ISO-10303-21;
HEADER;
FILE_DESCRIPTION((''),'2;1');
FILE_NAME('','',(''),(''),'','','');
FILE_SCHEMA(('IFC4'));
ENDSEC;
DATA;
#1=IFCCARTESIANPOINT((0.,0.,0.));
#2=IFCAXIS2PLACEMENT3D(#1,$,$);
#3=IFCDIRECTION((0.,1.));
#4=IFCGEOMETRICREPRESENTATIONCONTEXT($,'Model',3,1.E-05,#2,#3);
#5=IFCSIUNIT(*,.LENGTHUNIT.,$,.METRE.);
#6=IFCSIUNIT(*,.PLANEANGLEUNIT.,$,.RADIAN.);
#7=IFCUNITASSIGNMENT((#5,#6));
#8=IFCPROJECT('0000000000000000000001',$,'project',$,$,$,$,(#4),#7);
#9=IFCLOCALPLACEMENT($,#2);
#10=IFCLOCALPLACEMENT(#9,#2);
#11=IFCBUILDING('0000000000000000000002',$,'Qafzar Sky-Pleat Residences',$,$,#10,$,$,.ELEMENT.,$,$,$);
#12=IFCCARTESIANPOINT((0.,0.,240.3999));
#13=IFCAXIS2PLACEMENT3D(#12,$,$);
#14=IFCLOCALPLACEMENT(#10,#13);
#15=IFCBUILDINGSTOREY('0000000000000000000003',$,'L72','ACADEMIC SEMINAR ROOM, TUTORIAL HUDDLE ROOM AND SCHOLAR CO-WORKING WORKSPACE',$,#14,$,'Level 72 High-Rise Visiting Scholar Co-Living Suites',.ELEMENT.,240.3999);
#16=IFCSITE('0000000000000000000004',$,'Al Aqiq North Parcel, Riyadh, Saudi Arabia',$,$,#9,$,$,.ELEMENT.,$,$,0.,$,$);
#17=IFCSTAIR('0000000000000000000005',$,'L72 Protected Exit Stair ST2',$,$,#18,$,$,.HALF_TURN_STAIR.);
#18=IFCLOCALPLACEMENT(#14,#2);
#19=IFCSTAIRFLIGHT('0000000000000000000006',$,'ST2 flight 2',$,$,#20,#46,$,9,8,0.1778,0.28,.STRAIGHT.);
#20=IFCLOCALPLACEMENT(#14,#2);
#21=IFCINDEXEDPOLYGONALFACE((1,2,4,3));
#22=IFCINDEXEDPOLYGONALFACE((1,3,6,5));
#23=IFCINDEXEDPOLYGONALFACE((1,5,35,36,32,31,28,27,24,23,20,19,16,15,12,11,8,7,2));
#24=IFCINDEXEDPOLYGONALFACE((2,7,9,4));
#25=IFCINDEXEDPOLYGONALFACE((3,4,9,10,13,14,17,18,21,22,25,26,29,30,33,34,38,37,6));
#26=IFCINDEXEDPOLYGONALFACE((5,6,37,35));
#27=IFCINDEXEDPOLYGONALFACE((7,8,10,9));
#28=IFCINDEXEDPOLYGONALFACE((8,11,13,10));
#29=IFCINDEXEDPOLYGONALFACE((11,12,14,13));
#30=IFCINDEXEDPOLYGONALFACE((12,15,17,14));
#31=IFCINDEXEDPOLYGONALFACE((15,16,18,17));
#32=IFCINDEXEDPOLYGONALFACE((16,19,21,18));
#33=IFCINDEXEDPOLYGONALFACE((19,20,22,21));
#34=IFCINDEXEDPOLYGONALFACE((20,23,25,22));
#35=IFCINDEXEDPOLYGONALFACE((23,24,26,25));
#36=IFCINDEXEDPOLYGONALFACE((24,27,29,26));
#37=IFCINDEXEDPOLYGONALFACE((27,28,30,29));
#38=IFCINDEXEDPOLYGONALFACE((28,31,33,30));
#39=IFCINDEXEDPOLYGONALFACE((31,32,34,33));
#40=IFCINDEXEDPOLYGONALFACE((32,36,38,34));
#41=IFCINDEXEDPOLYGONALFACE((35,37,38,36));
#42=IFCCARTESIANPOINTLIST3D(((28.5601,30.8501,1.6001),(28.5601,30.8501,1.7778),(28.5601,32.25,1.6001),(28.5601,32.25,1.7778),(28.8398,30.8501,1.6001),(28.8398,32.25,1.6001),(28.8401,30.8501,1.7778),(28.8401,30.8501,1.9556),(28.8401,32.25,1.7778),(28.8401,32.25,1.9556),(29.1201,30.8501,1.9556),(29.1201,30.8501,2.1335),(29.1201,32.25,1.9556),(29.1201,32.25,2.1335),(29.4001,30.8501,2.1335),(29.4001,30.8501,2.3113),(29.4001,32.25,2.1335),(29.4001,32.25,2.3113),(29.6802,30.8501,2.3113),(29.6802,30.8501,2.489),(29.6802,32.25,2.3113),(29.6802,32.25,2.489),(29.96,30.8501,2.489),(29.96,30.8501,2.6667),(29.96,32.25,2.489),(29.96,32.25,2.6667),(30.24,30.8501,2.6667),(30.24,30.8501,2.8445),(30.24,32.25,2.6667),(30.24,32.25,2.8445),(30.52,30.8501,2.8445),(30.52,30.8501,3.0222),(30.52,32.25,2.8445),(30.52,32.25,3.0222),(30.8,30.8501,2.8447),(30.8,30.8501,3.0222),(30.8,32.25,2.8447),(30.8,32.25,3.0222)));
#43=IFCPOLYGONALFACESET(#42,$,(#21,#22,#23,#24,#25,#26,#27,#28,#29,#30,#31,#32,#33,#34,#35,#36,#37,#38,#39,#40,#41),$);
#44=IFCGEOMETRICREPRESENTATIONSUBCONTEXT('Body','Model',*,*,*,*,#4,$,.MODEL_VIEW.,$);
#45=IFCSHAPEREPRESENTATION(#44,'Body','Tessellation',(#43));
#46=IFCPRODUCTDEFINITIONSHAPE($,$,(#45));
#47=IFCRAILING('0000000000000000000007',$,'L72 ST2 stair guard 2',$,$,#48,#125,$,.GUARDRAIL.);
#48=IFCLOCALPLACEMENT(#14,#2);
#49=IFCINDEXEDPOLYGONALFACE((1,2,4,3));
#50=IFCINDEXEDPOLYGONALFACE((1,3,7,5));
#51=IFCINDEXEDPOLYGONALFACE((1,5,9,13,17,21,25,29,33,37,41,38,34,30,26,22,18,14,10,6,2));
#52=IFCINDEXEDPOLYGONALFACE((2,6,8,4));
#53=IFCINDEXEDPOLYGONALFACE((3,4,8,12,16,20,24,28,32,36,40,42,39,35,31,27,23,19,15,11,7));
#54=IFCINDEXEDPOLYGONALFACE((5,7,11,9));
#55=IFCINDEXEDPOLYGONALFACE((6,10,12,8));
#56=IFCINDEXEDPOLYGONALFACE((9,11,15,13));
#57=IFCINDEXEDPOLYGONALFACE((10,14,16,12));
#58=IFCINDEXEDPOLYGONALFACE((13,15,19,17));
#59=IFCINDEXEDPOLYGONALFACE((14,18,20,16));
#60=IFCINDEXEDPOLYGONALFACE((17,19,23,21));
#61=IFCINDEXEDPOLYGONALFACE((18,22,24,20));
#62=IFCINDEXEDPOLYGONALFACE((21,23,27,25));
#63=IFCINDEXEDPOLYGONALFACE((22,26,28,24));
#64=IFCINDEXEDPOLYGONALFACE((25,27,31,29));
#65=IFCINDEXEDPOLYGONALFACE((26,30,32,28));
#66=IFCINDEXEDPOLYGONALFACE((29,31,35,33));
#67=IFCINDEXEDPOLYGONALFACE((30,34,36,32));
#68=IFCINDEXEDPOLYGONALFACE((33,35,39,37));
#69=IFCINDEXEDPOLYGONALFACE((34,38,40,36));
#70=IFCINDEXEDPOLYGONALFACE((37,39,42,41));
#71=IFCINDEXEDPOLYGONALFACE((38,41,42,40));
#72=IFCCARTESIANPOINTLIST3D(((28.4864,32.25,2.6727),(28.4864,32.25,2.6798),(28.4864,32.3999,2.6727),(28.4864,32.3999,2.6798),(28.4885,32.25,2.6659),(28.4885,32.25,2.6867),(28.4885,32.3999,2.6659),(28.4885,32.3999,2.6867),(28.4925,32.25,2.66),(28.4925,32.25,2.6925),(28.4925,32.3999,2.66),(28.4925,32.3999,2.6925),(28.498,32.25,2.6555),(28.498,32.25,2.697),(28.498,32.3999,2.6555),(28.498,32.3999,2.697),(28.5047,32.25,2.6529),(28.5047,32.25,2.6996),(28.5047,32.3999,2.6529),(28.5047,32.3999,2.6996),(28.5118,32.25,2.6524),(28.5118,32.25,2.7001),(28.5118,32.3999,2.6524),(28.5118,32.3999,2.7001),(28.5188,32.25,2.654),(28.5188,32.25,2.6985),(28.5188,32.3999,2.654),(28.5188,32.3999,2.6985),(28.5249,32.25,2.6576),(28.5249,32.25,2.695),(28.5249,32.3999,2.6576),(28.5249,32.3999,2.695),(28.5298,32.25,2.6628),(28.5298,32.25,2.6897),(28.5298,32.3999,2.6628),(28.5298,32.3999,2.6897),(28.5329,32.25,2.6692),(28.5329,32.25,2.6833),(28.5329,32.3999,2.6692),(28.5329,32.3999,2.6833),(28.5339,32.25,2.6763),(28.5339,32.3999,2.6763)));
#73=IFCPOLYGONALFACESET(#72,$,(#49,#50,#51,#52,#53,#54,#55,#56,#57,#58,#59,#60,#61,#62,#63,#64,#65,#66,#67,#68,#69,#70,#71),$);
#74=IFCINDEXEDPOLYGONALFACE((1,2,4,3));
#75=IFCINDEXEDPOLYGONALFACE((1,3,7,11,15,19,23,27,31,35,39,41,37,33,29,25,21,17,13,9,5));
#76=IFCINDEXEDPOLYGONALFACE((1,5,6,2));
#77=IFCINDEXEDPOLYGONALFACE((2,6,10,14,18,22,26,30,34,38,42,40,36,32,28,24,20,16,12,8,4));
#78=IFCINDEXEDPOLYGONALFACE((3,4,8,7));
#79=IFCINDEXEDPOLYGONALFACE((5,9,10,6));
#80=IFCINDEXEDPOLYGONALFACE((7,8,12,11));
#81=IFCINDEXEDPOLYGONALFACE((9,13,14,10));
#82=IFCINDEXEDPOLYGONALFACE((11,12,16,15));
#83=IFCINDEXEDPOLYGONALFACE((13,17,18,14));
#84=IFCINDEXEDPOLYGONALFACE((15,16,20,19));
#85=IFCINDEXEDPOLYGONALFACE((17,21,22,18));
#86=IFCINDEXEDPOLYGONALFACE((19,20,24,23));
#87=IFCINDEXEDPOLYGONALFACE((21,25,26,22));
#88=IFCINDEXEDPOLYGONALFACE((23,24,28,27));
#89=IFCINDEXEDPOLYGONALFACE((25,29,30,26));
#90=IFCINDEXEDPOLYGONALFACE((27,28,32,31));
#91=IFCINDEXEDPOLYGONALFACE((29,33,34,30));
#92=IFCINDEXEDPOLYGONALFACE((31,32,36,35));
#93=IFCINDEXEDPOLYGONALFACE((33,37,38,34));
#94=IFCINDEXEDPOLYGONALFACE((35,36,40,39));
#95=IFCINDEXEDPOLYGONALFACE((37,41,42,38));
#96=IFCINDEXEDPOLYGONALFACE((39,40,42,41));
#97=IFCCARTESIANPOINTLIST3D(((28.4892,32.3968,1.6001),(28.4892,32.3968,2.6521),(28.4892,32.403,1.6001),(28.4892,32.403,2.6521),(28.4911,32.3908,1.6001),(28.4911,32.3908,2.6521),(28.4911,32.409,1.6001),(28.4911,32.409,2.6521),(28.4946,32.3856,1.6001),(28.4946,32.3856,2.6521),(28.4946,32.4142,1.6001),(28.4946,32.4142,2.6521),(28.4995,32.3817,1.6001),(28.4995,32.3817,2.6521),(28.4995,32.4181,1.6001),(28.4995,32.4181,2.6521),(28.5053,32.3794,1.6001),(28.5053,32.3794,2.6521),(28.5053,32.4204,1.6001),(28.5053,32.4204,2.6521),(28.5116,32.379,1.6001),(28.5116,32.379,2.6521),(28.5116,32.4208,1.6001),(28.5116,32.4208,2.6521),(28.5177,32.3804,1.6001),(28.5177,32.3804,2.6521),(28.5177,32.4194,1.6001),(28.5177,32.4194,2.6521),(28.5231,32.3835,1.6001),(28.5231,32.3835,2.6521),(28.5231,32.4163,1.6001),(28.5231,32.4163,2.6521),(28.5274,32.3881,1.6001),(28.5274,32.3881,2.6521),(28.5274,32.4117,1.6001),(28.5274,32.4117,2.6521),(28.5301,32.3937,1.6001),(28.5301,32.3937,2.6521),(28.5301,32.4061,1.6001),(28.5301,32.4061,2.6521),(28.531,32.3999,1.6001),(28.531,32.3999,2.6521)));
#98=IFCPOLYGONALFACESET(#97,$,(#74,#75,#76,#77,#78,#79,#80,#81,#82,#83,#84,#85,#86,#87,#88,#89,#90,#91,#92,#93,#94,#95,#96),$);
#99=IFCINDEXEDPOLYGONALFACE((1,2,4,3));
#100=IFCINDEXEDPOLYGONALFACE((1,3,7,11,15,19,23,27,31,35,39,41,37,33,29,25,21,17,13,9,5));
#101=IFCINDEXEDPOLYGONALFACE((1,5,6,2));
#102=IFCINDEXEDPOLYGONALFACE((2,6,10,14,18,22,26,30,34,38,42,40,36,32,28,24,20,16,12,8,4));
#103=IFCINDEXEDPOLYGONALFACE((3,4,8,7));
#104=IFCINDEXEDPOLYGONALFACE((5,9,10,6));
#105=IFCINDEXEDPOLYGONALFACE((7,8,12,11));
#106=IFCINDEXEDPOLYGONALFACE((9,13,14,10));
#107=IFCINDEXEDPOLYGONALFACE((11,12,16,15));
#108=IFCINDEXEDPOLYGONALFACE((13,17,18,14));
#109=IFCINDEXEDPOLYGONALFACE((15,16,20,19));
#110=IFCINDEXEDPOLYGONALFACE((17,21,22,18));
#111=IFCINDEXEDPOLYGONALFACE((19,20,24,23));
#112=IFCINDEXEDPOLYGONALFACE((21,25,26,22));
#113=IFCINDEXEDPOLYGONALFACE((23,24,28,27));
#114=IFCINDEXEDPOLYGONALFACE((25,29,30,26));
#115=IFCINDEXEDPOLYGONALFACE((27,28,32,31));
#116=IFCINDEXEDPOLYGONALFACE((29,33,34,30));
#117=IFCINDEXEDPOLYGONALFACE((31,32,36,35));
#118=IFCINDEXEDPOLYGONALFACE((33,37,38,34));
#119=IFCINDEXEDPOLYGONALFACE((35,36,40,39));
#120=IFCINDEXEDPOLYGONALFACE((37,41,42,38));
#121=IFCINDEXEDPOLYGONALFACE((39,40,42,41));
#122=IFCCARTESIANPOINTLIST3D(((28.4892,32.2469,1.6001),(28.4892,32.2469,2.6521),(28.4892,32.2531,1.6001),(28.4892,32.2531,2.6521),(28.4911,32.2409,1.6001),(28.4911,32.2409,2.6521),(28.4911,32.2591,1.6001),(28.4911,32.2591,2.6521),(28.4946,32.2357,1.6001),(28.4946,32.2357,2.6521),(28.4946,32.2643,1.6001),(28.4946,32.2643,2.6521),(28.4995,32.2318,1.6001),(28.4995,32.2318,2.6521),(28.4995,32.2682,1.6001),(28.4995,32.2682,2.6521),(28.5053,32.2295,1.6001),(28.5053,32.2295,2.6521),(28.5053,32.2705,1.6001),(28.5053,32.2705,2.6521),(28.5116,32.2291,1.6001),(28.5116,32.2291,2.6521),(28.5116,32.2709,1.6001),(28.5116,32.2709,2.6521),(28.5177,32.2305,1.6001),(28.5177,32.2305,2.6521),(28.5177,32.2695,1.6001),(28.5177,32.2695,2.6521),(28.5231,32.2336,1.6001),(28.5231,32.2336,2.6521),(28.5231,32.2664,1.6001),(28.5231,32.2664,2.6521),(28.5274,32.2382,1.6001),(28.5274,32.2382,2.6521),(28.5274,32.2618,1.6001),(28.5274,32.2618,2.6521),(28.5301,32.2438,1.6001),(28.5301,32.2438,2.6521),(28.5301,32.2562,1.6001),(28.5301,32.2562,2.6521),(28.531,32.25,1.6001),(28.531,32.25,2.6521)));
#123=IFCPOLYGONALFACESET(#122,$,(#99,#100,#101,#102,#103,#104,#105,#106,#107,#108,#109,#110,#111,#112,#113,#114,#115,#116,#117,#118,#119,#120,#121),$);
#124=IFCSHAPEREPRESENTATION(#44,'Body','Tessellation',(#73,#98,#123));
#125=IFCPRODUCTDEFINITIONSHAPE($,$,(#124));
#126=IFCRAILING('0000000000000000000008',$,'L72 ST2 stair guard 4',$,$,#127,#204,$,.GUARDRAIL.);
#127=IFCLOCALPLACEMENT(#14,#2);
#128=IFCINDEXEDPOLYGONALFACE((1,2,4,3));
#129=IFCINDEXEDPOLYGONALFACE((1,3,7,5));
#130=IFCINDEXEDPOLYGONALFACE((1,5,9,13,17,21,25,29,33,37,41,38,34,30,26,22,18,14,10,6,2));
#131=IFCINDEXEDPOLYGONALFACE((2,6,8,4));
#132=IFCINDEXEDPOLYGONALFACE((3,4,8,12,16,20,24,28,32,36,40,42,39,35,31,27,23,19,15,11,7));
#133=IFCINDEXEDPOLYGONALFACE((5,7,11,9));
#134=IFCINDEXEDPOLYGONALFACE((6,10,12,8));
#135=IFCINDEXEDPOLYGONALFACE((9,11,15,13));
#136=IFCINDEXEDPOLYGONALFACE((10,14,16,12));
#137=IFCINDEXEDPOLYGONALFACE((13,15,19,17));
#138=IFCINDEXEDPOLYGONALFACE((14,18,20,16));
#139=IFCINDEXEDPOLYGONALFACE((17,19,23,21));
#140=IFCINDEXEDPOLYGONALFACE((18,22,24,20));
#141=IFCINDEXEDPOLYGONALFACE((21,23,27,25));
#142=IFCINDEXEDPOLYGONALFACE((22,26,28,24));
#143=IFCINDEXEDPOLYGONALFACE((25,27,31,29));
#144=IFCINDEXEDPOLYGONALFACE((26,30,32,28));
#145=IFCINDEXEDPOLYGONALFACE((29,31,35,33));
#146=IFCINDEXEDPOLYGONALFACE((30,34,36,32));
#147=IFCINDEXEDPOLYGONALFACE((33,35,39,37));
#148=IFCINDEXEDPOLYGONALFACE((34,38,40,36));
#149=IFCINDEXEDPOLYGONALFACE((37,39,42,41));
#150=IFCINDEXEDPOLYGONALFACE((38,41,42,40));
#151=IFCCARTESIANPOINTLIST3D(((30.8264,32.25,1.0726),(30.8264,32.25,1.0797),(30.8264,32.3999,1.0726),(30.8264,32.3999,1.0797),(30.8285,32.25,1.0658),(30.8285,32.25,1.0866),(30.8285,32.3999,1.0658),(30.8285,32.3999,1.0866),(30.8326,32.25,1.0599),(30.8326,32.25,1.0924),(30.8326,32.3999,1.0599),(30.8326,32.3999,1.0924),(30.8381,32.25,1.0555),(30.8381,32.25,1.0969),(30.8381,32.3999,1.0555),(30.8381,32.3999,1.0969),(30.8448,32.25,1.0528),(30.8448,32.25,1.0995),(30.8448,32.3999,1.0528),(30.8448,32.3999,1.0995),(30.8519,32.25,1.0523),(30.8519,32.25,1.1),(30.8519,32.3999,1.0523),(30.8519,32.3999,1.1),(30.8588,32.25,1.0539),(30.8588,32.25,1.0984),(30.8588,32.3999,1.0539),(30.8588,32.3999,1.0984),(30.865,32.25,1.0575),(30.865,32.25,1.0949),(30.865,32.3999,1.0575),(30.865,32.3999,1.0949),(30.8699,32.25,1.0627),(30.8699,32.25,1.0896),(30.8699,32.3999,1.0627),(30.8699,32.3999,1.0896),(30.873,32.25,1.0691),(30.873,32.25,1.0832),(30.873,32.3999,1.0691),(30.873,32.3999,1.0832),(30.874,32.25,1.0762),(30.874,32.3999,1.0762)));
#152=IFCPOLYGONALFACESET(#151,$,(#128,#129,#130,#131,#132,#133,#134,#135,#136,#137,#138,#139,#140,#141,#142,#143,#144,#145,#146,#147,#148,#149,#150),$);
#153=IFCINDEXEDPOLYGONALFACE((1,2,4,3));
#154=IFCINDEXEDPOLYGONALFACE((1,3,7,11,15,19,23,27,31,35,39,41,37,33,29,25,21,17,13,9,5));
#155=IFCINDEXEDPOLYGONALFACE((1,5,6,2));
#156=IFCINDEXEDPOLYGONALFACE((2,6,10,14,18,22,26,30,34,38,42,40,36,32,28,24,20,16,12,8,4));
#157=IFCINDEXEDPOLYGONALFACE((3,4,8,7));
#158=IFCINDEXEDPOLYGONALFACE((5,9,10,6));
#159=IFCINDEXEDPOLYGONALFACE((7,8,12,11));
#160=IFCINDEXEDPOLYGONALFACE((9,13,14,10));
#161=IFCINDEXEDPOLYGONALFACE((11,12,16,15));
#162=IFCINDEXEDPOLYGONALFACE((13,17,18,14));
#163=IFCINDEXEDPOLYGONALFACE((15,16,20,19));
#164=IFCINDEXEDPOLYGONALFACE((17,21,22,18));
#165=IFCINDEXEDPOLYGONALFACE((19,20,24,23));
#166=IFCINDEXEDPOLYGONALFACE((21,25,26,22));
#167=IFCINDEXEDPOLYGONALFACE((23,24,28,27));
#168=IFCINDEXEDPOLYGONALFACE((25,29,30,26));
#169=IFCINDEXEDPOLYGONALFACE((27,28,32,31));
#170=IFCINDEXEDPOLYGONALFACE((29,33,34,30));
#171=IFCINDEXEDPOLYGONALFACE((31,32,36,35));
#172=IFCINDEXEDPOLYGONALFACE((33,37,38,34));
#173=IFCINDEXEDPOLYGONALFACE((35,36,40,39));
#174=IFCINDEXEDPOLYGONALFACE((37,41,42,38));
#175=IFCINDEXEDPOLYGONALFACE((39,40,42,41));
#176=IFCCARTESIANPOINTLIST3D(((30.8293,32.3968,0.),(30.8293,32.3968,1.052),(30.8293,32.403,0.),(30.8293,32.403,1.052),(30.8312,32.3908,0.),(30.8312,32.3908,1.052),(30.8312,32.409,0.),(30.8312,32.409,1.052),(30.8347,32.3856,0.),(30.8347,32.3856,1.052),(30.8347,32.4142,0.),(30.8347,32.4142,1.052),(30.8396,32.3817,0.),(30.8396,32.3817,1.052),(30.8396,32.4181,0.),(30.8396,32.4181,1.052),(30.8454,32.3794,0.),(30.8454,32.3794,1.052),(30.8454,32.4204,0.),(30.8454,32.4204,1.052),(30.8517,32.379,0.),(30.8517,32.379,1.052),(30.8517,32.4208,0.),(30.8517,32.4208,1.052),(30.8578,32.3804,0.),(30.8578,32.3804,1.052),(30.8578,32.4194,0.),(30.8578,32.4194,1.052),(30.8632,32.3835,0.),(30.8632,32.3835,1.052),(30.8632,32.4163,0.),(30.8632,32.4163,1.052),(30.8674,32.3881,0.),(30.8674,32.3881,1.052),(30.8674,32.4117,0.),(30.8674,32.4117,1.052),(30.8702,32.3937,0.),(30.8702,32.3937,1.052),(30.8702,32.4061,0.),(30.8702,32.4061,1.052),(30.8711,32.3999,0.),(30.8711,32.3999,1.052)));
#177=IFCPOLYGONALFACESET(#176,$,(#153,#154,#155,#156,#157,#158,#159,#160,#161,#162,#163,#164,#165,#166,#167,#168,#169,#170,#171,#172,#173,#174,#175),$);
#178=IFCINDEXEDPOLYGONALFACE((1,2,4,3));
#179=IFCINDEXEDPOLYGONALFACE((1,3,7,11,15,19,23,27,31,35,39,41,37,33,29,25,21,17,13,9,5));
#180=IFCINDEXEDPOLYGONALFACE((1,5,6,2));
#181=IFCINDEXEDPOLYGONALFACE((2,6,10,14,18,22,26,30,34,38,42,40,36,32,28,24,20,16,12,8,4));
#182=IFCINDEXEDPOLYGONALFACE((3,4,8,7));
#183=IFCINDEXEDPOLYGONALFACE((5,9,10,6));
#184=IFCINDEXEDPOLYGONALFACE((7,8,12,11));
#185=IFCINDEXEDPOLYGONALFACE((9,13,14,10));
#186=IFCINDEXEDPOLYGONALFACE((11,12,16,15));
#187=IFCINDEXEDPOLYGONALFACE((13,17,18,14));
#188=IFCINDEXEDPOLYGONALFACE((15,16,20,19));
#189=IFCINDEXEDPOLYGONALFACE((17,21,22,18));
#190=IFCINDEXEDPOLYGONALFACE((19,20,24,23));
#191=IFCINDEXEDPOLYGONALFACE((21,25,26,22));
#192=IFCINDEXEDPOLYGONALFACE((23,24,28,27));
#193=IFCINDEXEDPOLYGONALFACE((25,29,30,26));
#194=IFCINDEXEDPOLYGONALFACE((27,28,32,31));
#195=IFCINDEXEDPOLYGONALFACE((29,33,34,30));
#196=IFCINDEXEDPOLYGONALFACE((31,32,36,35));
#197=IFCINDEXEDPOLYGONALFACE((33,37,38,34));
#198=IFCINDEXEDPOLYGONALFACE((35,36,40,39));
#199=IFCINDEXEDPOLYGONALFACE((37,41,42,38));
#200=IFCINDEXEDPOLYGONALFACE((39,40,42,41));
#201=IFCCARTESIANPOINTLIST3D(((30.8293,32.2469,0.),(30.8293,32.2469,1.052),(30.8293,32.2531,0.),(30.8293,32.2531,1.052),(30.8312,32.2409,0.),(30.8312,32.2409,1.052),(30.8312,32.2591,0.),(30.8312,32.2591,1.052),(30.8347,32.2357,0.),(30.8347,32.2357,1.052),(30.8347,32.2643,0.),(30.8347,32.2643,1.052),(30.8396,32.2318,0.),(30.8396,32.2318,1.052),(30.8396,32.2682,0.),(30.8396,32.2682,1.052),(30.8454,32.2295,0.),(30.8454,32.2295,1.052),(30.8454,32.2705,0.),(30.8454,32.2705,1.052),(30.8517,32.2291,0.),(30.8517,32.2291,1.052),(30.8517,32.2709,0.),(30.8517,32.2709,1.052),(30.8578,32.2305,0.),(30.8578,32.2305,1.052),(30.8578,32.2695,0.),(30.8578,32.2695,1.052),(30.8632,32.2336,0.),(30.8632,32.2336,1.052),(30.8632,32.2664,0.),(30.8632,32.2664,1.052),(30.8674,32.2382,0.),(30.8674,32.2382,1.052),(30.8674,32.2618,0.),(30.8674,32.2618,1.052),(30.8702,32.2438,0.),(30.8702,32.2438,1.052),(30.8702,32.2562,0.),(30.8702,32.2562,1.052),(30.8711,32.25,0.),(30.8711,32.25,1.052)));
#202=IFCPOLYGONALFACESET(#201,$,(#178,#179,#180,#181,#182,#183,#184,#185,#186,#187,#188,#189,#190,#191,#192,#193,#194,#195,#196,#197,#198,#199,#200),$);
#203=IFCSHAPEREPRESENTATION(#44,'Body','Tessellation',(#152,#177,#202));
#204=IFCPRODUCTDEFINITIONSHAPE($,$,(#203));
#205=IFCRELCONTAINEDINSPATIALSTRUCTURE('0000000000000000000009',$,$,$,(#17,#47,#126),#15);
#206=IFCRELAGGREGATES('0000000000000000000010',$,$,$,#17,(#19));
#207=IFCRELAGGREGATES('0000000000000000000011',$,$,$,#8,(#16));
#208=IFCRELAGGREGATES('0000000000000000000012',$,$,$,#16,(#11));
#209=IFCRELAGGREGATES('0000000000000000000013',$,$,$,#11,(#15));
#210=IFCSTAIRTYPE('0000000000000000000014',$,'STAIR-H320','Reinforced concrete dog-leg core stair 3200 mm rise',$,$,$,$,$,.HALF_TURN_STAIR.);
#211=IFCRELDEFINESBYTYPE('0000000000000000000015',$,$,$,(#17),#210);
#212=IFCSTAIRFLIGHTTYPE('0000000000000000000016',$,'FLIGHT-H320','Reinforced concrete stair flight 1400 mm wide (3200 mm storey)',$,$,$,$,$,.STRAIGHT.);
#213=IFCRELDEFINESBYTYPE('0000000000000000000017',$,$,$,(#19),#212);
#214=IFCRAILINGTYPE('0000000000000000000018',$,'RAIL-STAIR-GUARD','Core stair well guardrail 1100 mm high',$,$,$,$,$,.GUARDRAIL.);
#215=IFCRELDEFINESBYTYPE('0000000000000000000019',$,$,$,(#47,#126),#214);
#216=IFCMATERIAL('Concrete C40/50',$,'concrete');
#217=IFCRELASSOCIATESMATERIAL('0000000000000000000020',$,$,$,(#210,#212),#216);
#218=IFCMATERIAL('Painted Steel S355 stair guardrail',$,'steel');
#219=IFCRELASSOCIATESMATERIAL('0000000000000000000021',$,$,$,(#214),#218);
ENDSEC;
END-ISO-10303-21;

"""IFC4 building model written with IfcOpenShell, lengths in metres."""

from ifc_helpers import new_model, si_unit, direction, frame, origin, origin_2d, place, context, subcontext, project, spatial, polyline, circle, outline, extrude, source, transform, mapped, material, type_object, element, aggregate, save


model = new_model("IFC4")

# Units and contexts
model_context = context("Model", 3, precision=1e-05, world=origin(), true_north=direction((0.0, 1.0)))
body_context = subcontext(model_context, "Body", "Model", "MODEL_VIEW")
ifc_project = project(units=[si_unit("LENGTHUNIT", "METRE"), si_unit("PLANEANGLEUNIT", "RADIAN")], contexts=[model_context])

# Site, building, storey
site_placement = place(None, origin())
site = spatial("IfcSite", under=ifc_project, at=site_placement, Name="Al Aqiq North Parcel, Riyadh, Saudi Arabia", CompositionType="ELEMENT", RefElevation=0.0)
building_placement = place(site_placement, origin())
building = spatial("IfcBuilding", under=site, at=building_placement, Name="Qafzar Sky-Pleat Residences", CompositionType="ELEMENT")
storey_placement = place(building_placement, frame((0.0, 0.0, 240.3999)))
storey = spatial("IfcBuildingStorey", under=building, at=storey_placement, Name="L72", Description="ACADEMIC SEMINAR ROOM, TUTORIAL HUDDLE ROOM AND SCHOLAR CO-WORKING WORKSPACE", LongName="Level 72 High-Rise Visiting Scholar Co-Living Suites", CompositionType="ELEMENT", Elevation=240.3999)

# Stair, stair flight
ifc_material_1 = material(Name="Concrete C40/50", Category="concrete")
stair_type = type_object("IfcStairType", Name="STAIR-H320", Description="Reinforced concrete dog-leg core stair 3200 mm rise", PredefinedType="HALF_TURN_STAIR", material=ifc_material_1)
stair_placement = place(storey_placement, origin())
stair = element("IfcStair", 1, at=stair_placement, inside=storey, type_object=stair_type, Name="L72 Protected Exit Stair ST2", PredefinedType="HALF_TURN_STAIR")
stair_flight_type = type_object("IfcStairFlightType", Name="FLIGHT-H320", Description="Reinforced concrete stair flight 1400 mm wide (3200 mm storey)", PredefinedType="STRAIGHT", material=ifc_material_1)
shared_shape_1 = source(origin(), body_context, "Body", "SweptSolid", [
    extrude(outline(polyline([(0.0, 0.0), (0.0, 0.1777), (0.28, 0.1777), (0.28, 0.3555), (0.5601, 0.3555), (0.5601, 0.5334), (0.8401, 0.5334), (0.8401, 0.7112), (1.1201, 0.7112), (1.1201, 0.8889), (1.3999, 0.8889), (1.3999, 1.0667), (1.6799, 1.0667), (1.6799, 1.2444), (1.96, 1.2444), (1.96, 1.4221), (2.24, 1.4221), (2.24, 1.6001), (2.24, 1.2446), (0.2798, 0.0), (0.0, 0.0)])), frame((0.0, 0.7, 0.0), z_axis=(0.0, -1.0, 0.0), x_axis=(1.0, 0.0, 0.0)), (0.0, 0.0, 1.0), 1.3999),
])
stair_flight_1_placement = place(storey_placement, frame((28.5601, 31.55, 1.6001), z_axis=(0.0, 0.0, 1.0), x_axis=(1.0, 0.0, 0.0)))
stair_flight_1 = element("IfcStairFlight", 2, at=stair_flight_1_placement, type_object=stair_flight_type, Name="ST2 flight 2", NumberOfRisers=9, NumberOfTreads=8, PredefinedType="STRAIGHT", RiserHeight=0.1778, TreadLength=0.28, context=body_context, shape_type="MappedRepresentation", body=[
    mapped(shared_shape_1, transform((0.0, 0.0, 0.0), x_axis=(1.0, 0.0, 0.0), y_axis=(0.0, 1.0, 0.0), z_axis=(0.0, 0.0, 1.0), scale=1.0)),
])
aggregate(stair, [stair_flight_1])

# Railings
ifc_material_2 = material(Name="Painted Steel S355 stair guardrail", Category="steel")
railing_type_1 = type_object("IfcRailingType", Name="RAIL-STAIR-GUARD", Description="Core stair well guardrail 1100 mm high", PredefinedType="GUARDRAIL", material=ifc_material_2)
shared_shape_2 = source(origin(), body_context, "Body", "SweptSolid", [
    extrude(circle(Radius=0.0239, at=origin_2d()), frame((0.0, 0.0, 1.0762), z_axis=(0.0, -1.0, 0.0), x_axis=(1.0, 0.0, 0.0)), (0.0, 0.0, 1.0), 0.1499),
    extrude(circle(Radius=0.021, at=origin_2d()), origin(), (0.0, 0.0, 1.0), 1.052),
    extrude(circle(Radius=0.021, at=origin_2d()), frame((0.0, -0.1499, 0.0)), (0.0, 0.0, 1.0), 1.052),
])
for number, where, name in (
    (3, (28.51, 32.3999, 1.6001), "L72 ST2 stair guard 2"),
    (4, (30.8501, 32.3999, 0.0), "L72 ST2 stair guard 4"),
):
    element("IfcRailing", number, at=place(storey_placement, frame(where)), inside=storey, type_object=railing_type_1, Name=name, PredefinedType="GUARDRAIL", context=body_context, shape_type="MappedRepresentation", body=[
        mapped(shared_shape_2, transform((0.0, 0.0, 0.0), x_axis=(1.0, 0.0, 0.0), y_axis=(0.0, 1.0, 0.0), z_axis=(0.0, 0.0, 1.0), scale=1.0)),
    ])

save(model, "model.ifc")
